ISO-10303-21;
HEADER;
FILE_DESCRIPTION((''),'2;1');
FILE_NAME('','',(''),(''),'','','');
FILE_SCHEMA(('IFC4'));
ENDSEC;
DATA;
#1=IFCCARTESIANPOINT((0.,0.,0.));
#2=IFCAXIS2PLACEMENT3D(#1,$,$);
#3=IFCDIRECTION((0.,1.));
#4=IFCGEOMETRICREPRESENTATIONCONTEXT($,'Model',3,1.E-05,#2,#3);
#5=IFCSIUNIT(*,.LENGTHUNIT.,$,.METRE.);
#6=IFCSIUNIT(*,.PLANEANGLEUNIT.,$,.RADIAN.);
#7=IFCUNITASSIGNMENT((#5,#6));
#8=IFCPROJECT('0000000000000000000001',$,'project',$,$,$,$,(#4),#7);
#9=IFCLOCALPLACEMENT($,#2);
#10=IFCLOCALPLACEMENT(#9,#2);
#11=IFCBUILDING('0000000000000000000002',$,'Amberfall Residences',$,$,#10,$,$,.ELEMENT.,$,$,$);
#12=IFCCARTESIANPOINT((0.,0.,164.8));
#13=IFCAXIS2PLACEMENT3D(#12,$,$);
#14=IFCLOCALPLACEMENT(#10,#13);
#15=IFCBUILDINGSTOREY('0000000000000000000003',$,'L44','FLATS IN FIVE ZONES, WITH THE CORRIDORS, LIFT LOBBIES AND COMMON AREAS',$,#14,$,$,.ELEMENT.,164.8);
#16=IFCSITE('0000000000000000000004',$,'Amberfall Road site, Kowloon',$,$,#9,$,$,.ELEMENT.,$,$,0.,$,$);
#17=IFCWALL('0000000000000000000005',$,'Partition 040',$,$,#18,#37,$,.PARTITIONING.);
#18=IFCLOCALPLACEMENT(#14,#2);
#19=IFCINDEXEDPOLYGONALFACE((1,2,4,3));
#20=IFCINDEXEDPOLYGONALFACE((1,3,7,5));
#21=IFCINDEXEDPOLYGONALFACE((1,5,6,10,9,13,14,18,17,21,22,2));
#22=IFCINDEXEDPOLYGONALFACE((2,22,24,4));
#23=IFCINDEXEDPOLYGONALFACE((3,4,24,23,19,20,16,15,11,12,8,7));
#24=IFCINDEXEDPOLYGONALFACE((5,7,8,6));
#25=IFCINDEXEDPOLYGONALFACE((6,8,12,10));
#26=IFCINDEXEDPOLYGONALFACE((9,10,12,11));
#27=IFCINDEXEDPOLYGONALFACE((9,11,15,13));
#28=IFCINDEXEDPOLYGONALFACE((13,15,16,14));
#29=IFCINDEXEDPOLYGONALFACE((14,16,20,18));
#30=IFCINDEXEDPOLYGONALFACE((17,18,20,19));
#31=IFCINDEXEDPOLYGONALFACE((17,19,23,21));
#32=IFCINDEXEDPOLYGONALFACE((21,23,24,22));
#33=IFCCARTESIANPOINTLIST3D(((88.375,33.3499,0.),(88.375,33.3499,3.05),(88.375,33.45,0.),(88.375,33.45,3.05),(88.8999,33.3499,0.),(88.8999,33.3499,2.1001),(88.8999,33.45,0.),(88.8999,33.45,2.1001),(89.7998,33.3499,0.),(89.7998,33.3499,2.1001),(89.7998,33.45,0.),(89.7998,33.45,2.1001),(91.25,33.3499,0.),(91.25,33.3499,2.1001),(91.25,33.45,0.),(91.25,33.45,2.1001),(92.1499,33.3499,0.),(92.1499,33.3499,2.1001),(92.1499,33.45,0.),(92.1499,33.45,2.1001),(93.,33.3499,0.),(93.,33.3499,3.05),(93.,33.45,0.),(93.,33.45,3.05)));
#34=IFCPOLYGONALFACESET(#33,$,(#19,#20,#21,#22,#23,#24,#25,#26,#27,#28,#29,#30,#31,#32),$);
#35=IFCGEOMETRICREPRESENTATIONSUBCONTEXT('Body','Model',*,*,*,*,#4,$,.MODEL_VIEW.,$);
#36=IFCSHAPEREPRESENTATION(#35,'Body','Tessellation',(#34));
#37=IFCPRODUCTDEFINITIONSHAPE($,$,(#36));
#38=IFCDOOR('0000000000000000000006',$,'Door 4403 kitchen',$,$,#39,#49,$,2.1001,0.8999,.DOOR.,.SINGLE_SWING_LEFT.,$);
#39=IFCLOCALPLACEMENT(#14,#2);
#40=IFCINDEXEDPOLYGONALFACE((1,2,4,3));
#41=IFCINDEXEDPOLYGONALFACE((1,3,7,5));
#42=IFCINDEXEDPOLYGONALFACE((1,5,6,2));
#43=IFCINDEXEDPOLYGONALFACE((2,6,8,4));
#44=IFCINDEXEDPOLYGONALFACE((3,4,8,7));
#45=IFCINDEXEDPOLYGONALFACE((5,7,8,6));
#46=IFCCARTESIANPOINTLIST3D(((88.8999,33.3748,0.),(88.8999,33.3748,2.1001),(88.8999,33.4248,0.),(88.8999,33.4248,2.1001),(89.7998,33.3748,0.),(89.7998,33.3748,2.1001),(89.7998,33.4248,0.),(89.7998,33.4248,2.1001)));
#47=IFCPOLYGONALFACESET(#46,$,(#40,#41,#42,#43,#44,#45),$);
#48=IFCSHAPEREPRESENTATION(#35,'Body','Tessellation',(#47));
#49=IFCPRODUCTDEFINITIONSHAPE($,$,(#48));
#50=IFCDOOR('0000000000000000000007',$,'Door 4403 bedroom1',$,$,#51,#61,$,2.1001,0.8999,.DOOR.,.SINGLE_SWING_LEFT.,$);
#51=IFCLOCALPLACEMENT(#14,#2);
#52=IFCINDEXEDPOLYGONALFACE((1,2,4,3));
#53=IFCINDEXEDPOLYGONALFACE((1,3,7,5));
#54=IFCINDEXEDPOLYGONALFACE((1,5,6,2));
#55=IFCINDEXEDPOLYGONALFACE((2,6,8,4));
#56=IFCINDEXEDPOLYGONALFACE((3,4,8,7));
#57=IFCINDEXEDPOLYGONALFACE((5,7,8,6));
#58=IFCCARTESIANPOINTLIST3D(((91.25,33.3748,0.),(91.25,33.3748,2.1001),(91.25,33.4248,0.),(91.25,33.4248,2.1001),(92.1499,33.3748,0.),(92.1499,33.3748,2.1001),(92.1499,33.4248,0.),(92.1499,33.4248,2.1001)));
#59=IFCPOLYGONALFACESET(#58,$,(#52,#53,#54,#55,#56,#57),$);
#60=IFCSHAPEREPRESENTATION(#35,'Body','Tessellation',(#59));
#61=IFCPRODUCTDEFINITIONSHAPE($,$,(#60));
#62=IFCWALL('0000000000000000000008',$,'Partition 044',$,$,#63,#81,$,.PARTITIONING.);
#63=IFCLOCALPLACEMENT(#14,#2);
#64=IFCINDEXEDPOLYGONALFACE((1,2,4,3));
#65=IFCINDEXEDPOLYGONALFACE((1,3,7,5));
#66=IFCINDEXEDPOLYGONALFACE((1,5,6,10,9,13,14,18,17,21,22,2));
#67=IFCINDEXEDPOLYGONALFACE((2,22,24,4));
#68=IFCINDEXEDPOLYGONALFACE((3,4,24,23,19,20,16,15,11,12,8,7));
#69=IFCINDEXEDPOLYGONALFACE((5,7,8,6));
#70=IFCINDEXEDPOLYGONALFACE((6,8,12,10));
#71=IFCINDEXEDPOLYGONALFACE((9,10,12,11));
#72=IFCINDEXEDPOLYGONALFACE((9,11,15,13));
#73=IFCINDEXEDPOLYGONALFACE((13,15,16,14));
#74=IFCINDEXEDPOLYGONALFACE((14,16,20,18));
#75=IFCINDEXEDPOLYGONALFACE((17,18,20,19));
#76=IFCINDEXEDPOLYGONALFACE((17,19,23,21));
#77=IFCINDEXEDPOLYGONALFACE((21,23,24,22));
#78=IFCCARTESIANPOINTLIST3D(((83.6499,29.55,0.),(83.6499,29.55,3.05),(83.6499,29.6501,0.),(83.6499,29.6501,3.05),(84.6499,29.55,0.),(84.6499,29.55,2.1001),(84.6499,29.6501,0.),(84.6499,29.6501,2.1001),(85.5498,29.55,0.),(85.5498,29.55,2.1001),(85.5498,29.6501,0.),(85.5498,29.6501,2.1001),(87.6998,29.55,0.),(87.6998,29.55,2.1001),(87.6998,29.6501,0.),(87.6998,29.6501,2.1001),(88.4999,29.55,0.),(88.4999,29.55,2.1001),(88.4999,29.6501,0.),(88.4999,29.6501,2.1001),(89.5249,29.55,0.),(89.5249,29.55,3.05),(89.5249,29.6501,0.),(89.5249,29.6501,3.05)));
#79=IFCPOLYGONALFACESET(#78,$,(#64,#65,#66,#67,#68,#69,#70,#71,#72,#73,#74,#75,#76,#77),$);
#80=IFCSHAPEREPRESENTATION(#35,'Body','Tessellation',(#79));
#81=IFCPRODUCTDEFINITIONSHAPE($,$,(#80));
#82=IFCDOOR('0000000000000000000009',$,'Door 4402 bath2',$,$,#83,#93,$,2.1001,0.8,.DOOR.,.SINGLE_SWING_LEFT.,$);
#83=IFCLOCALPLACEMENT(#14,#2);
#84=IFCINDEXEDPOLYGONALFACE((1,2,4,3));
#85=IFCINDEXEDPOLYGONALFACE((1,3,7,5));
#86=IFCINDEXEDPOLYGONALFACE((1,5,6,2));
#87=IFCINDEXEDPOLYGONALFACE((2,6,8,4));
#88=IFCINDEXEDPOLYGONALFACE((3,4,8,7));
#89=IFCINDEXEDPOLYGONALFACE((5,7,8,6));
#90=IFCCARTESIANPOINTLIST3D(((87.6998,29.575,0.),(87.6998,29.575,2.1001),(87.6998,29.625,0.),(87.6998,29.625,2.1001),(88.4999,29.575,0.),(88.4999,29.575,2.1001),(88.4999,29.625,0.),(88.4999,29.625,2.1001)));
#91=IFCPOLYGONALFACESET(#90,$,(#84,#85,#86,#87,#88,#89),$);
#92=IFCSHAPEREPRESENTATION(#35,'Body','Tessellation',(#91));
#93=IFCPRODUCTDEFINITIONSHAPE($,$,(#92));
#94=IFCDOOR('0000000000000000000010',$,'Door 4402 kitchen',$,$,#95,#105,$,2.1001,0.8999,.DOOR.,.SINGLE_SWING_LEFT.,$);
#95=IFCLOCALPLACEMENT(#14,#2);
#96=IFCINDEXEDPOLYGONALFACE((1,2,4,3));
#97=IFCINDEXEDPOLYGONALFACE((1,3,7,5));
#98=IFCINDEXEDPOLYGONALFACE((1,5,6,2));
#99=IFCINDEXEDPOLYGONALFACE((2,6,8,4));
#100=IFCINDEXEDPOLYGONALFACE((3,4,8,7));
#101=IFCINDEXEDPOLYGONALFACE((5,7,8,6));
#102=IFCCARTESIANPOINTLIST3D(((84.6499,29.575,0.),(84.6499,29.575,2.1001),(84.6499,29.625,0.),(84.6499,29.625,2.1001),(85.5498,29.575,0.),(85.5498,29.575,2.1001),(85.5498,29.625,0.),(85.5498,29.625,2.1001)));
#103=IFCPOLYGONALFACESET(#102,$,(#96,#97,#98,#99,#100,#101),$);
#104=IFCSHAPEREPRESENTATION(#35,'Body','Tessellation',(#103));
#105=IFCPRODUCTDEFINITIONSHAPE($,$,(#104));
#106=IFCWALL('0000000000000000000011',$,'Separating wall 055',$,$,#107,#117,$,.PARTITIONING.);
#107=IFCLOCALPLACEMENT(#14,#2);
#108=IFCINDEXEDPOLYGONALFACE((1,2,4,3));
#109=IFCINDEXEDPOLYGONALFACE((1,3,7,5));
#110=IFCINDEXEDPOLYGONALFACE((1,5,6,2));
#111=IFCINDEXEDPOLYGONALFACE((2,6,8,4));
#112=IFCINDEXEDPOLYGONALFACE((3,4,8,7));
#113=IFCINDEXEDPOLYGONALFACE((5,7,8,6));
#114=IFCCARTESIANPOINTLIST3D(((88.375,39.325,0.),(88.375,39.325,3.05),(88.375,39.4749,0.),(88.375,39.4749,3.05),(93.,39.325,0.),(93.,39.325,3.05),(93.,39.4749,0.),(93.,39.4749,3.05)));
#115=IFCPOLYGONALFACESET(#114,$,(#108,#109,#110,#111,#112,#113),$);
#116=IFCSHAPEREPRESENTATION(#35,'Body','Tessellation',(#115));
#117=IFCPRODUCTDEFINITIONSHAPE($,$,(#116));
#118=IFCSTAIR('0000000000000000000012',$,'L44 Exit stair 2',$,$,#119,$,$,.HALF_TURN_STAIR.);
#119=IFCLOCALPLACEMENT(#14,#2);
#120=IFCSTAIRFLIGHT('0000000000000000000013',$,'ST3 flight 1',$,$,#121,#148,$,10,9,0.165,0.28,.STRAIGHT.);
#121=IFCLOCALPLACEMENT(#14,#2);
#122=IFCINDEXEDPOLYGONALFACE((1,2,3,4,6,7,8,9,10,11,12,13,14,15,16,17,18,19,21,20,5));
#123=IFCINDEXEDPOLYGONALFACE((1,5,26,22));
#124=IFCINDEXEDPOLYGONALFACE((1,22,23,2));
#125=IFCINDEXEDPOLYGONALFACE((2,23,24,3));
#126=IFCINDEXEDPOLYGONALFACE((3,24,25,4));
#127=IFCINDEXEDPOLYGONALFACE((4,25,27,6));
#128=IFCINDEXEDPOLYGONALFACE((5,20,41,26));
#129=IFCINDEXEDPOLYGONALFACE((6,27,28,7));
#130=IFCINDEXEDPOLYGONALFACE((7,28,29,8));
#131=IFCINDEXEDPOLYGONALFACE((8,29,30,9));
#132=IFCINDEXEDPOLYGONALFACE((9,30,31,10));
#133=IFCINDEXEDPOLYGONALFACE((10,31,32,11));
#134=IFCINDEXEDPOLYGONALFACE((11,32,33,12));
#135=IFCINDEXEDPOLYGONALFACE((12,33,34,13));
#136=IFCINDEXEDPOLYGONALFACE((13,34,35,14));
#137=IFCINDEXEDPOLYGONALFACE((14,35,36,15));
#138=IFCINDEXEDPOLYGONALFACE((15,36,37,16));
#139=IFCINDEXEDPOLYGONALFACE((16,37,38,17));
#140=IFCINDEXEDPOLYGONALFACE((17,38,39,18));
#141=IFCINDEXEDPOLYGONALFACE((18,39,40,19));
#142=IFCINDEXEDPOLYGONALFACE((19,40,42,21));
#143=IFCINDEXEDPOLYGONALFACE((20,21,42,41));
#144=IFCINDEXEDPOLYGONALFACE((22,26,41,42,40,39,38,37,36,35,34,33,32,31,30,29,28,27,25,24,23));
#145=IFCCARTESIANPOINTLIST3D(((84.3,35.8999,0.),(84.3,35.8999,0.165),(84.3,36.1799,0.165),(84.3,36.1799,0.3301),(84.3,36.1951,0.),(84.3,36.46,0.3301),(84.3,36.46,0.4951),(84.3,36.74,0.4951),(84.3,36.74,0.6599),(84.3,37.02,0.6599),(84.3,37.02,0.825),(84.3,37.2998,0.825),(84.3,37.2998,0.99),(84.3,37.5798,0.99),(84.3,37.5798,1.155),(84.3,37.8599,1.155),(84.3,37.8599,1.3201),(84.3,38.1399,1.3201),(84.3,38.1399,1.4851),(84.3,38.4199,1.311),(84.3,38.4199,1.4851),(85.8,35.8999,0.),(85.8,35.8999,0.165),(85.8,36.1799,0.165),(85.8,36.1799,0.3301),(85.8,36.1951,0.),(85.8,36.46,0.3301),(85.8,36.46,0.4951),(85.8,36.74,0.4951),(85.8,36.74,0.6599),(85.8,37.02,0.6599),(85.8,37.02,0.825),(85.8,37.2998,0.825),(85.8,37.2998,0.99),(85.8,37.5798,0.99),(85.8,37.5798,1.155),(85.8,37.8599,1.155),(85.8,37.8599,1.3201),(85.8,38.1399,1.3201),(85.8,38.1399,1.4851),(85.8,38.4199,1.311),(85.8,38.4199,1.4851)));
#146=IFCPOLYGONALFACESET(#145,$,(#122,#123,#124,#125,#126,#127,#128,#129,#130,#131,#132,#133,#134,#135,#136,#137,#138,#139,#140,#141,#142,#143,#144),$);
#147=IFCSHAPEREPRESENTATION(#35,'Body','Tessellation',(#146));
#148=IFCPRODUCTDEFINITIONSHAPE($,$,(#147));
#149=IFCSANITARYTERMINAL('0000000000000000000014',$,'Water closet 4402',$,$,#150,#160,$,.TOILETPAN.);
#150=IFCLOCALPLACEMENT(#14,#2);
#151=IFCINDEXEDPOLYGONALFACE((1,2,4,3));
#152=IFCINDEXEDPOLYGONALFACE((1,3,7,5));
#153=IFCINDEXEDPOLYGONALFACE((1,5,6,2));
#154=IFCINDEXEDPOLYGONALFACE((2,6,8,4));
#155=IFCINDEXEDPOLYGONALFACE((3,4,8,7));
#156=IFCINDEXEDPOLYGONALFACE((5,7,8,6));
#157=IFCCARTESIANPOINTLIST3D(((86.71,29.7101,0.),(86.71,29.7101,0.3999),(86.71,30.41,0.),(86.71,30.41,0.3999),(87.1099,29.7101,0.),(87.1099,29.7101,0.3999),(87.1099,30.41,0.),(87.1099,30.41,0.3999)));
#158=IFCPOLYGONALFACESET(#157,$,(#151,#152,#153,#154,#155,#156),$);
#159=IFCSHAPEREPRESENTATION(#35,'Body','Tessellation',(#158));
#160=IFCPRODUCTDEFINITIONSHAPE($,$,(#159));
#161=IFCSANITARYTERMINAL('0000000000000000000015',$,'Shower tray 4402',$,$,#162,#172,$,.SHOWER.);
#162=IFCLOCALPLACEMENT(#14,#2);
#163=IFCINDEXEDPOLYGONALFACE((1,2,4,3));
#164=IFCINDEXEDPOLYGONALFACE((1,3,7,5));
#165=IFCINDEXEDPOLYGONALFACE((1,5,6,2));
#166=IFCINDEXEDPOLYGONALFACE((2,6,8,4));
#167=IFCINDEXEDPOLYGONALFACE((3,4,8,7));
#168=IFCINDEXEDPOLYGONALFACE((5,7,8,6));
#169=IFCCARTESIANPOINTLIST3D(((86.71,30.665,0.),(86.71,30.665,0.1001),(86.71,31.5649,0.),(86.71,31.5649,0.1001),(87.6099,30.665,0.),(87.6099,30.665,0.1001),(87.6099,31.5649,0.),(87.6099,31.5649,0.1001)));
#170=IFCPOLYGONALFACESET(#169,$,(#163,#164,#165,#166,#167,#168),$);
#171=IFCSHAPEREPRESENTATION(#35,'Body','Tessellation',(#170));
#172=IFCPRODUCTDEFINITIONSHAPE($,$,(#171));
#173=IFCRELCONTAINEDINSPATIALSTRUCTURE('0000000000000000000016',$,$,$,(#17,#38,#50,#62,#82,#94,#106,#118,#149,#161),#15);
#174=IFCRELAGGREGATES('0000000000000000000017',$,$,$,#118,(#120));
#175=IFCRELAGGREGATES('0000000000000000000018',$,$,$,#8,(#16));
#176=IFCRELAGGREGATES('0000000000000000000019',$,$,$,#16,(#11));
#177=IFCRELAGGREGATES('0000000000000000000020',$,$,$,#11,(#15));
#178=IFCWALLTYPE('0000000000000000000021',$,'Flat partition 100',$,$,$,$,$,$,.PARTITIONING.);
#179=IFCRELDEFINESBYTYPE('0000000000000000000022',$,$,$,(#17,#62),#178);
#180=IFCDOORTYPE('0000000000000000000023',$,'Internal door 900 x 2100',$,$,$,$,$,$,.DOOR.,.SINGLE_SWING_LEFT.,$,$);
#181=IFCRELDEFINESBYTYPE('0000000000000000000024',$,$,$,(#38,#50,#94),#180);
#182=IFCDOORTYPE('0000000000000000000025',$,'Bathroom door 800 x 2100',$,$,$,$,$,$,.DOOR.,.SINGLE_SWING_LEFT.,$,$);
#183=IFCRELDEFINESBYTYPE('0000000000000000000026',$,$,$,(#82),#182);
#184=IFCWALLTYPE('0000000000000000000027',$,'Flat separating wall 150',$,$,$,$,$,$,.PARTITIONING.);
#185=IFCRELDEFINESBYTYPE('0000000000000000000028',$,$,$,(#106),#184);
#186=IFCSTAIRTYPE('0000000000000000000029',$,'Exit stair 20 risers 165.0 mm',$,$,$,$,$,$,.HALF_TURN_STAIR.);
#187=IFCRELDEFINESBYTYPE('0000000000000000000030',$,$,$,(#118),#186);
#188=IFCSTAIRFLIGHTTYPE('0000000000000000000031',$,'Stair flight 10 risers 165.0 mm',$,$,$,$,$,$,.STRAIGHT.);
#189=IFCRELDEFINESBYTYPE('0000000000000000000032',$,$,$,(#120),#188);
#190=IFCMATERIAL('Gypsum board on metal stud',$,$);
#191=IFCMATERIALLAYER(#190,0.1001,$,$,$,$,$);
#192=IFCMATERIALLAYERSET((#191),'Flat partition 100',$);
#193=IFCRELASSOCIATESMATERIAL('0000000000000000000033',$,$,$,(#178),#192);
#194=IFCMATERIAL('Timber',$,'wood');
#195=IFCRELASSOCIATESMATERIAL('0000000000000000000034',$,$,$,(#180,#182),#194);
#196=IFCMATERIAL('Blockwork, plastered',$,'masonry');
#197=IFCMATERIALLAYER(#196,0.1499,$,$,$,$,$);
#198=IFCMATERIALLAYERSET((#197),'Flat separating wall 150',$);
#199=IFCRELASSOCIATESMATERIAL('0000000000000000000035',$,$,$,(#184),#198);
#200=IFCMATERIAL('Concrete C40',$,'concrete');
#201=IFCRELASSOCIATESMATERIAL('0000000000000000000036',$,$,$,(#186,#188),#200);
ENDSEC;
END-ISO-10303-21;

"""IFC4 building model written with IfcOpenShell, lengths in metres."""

from ifc_helpers import new_model, si_unit, direction, frame, frame_2d, origin, origin_2d, place, context, subcontext, project, spatial, polyline, rectangle, outline, extrude, material, layer, layer_set, type_object, element, fill, aggregate, save


model = new_model("IFC4")

# Units and contexts
model_context = context("Model", 3, precision=1e-05, world=origin(), true_north=direction((0.0, 1.0)))
body_context = subcontext(model_context, "Body", "Model", "MODEL_VIEW")
ifc_project = project(units=[si_unit("LENGTHUNIT", "METRE"), si_unit("PLANEANGLEUNIT", "RADIAN")], contexts=[model_context])

# Site, building, storey
site_placement = place(None, origin())
site = spatial("IfcSite", under=ifc_project, at=site_placement, Name="Amberfall Road site, Kowloon", CompositionType="ELEMENT", RefElevation=0.0)
building_placement = place(site_placement, origin())
building = spatial("IfcBuilding", under=site, at=building_placement, Name="Amberfall Residences", CompositionType="ELEMENT")
storey_placement = place(building_placement, frame((0.0, 0.0, 164.8)))
storey = spatial("IfcBuildingStorey", under=building, at=storey_placement, Name="L44", Description="FLATS IN FIVE ZONES, WITH THE CORRIDORS, LIFT LOBBIES AND COMMON AREAS", CompositionType="ELEMENT", Elevation=164.8)

# Shared definitions
ifc_material_1 = material(Name="Gypsum board on metal stud")
ifc_layer_1 = layer(ifc_material_1, 0.1001)
ifc_layer_set_1 = layer_set([ifc_layer_1], Name="Flat partition 100")
wall_type_1 = type_object("IfcWallType", Name="Flat partition 100", PredefinedType="PARTITIONING", material=ifc_layer_set_1)

# Shared definitions
ifc_material_2 = material(Name="Timber", Category="wood")
door_type_1 = type_object("IfcDoorType", Name="Internal door 900 x 2100", OperationType="SINGLE_SWING_LEFT", PredefinedType="DOOR", material=ifc_material_2)

# Walls, openings, doors
wall_1_placement = place(storey_placement, frame((88.375, 33.3999, 0.0), z_axis=(0.0, 0.0, 1.0), x_axis=(1.0, 0.0, 0.0)))
wall_1 = element("IfcWall", 1, at=wall_1_placement, inside=storey, type_object=wall_type_1, Name="Partition 040", PredefinedType="PARTITIONING", context=body_context, shape_type="SweptSolid", body=[
    extrude(rectangle(XDim=4.625, YDim=0.1001, at=frame_2d((2.3125, 0.0))), origin(), (0.0, 0.0, 1.0), 3.05),
])
opening_1_placement = place(wall_1_placement, frame((0.5249, 0.0, 0.0)))
opening_1 = element("IfcOpeningElement", 2, at=opening_1_placement, cuts=wall_1, PredefinedType="OPENING", context=body_context, shape_type="SweptSolid", body=[
    extrude(rectangle(XDim=0.8999, YDim=2.1001, at=frame_2d((0.45, 1.05))), frame((0.0, 0.0601, 0.0), z_axis=(0.0, -1.0, 0.0), x_axis=(1.0, 0.0, 0.0)), (0.0, 0.0, 1.0), 0.1201),
])
opening_2_placement = place(wall_1_placement, frame((2.875, 0.0, 0.0)))
opening_2 = element("IfcOpeningElement", 3, at=opening_2_placement, cuts=wall_1, PredefinedType="OPENING", context=body_context, shape_type="SweptSolid", body=[
    extrude(rectangle(XDim=0.8999, YDim=2.1001, at=frame_2d((0.45, 1.05))), frame((0.0, 0.0601, 0.0), z_axis=(0.0, -1.0, 0.0), x_axis=(1.0, 0.0, 0.0)), (0.0, 0.0, 1.0), 0.1201),
])
door_1_placement = place(opening_1_placement, origin())
door_1 = element("IfcDoor", 4, at=door_1_placement, inside=storey, type_object=door_type_1, Name="Door 4403 kitchen", OperationType="SINGLE_SWING_LEFT", OverallHeight=2.1001, OverallWidth=0.8999, PredefinedType="DOOR", context=body_context, shape_type="SweptSolid", body=[
    extrude(rectangle(XDim=0.8999, YDim=2.1001, at=frame_2d((0.45, 1.05))), frame((0.0, 0.0249, 0.0), z_axis=(0.0, -1.0, 0.0), x_axis=(1.0, 0.0, 0.0)), (0.0, 0.0, 1.0), 0.05),
])
fill(opening_1, door_1)
door_2_placement = place(opening_2_placement, origin())
door_2 = element("IfcDoor", 5, at=door_2_placement, inside=storey, type_object=door_type_1, Name="Door 4403 bedroom1", OperationType="SINGLE_SWING_LEFT", OverallHeight=2.1001, OverallWidth=0.8999, PredefinedType="DOOR", context=body_context, shape_type="SweptSolid", body=[
    extrude(rectangle(XDim=0.8999, YDim=2.1001, at=frame_2d((0.45, 1.05))), frame((0.0, 0.0249, 0.0), z_axis=(0.0, -1.0, 0.0), x_axis=(1.0, 0.0, 0.0)), (0.0, 0.0, 1.0), 0.05),
])
fill(opening_2, door_2)
wall_2_placement = place(storey_placement, frame((83.6499, 29.6001, 0.0), z_axis=(0.0, 0.0, 1.0), x_axis=(1.0, 0.0, 0.0)))
wall_2 = element("IfcWall", 6, at=wall_2_placement, inside=storey, type_object=wall_type_1, Name="Partition 044", PredefinedType="PARTITIONING", context=body_context, shape_type="SweptSolid", body=[
    extrude(rectangle(XDim=5.875, YDim=0.1001, at=frame_2d((2.9375, 0.0))), origin(), (0.0, 0.0, 1.0), 3.05),
])
opening_3_placement = place(wall_2_placement, frame((1.0, 0.0, 0.0)))
opening_3 = element("IfcOpeningElement", 7, at=opening_3_placement, cuts=wall_2, PredefinedType="OPENING", context=body_context, shape_type="SweptSolid", body=[
    extrude(rectangle(XDim=0.8999, YDim=2.1001, at=frame_2d((0.45, 1.05))), frame((0.0, 0.0601, 0.0), z_axis=(0.0, -1.0, 0.0), x_axis=(1.0, 0.0, 0.0)), (0.0, 0.0, 1.0), 0.1201),
])
opening_4_placement = place(wall_2_placement, frame((4.05, 0.0, 0.0)))
opening_4 = element("IfcOpeningElement", 8, at=opening_4_placement, cuts=wall_2, PredefinedType="OPENING", context=body_context, shape_type="SweptSolid", body=[
    extrude(rectangle(XDim=0.8, YDim=2.1001, at=frame_2d((0.3999, 1.05))), frame((0.0, 0.0601, 0.0), z_axis=(0.0, -1.0, 0.0), x_axis=(1.0, 0.0, 0.0)), (0.0, 0.0, 1.0), 0.1201),
])
door_type_2 = type_object("IfcDoorType", Name="Bathroom door 800 x 2100", OperationType="SINGLE_SWING_LEFT", PredefinedType="DOOR", material=ifc_material_2)
door_3_placement = place(opening_4_placement, origin())
door_3 = element("IfcDoor", 9, at=door_3_placement, inside=storey, type_object=door_type_2, Name="Door 4402 bath2", OperationType="SINGLE_SWING_LEFT", OverallHeight=2.1001, OverallWidth=0.8, PredefinedType="DOOR", context=body_context, shape_type="SweptSolid", body=[
    extrude(rectangle(XDim=0.8, YDim=2.1001, at=frame_2d((0.3999, 1.05))), frame((0.0, 0.0249, 0.0), z_axis=(0.0, -1.0, 0.0), x_axis=(1.0, 0.0, 0.0)), (0.0, 0.0, 1.0), 0.05),
])
fill(opening_4, door_3)
door_4_placement = place(opening_3_placement, origin())
door_4 = element("IfcDoor", 10, at=door_4_placement, inside=storey, type_object=door_type_1, Name="Door 4402 kitchen", OperationType="SINGLE_SWING_LEFT", OverallHeight=2.1001, OverallWidth=0.8999, PredefinedType="DOOR", context=body_context, shape_type="SweptSolid", body=[
    extrude(rectangle(XDim=0.8999, YDim=2.1001, at=frame_2d((0.45, 1.05))), frame((0.0, 0.0249, 0.0), z_axis=(0.0, -1.0, 0.0), x_axis=(1.0, 0.0, 0.0)), (0.0, 0.0, 1.0), 0.05),
])
fill(opening_3, door_4)

# Wall
ifc_material_3 = material(Name="Blockwork, plastered", Category="masonry")
ifc_layer_2 = layer(ifc_material_3, 0.1499)
ifc_layer_set_2 = layer_set([ifc_layer_2], Name="Flat separating wall 150")
wall_type_2 = type_object("IfcWallType", Name="Flat separating wall 150", PredefinedType="PARTITIONING", material=ifc_layer_set_2)
wall_3_placement = place(storey_placement, frame((88.375, 39.3999, 0.0), z_axis=(0.0, 0.0, 1.0), x_axis=(1.0, 0.0, 0.0)))
element("IfcWall", 11, at=wall_3_placement, inside=storey, type_object=wall_type_2, Name="Separating wall 055", PredefinedType="PARTITIONING", context=body_context, shape_type="SweptSolid", body=[
    extrude(rectangle(XDim=4.625, YDim=0.1499, at=frame_2d((2.3125, 0.0))), origin(), (0.0, 0.0, 1.0), 3.05),
])

# Stair, stair flight
ifc_material_4 = material(Name="Concrete C40", Category="concrete")
stair_type = type_object("IfcStairType", Name="Exit stair 20 risers 165.0 mm", PredefinedType="HALF_TURN_STAIR", material=ifc_material_4)
stair_placement = place(storey_placement, origin())
stair = element("IfcStair", 12, at=stair_placement, inside=storey, type_object=stair_type, Name="L44 Exit stair 2", PredefinedType="HALF_TURN_STAIR")
stair_flight_type = type_object("IfcStairFlightType", Name="Stair flight 10 risers 165.0 mm", PredefinedType="STRAIGHT", material=ifc_material_4)
stair_flight_placement = place(storey_placement, frame((85.05, 35.8999, 0.0), z_axis=(0.0, 0.0, 1.0), x_axis=(0.0, 1.0, 0.0)))
stair_flight = element("IfcStairFlight", 13, at=stair_flight_placement, type_object=stair_flight_type, Name="ST3 flight 1", NumberOfRisers=10, NumberOfTreads=9, PredefinedType="STRAIGHT", RiserHeight=0.165, TreadLength=0.28, context=body_context, shape_type="SweptSolid", body=[
    extrude(outline(polyline([(0.0, 0.0), (0.0, 0.165), (0.28, 0.165), (0.28, 0.3301), (0.5601, 0.3301), (0.5601, 0.4951), (0.8401, 0.4951), (0.8401, 0.6599), (1.1201, 0.6599), (1.1201, 0.825), (1.3999, 0.825), (1.3999, 0.99), (1.6799, 0.99), (1.6799, 1.155), (1.96, 1.155), (1.96, 1.3201), (2.24, 1.3201), (2.24, 1.4851), (2.52, 1.4851), (2.52, 1.6499), (2.52, 1.311), (0.2952, 0.0), (0.0, 0.0)])), frame((0.0, 0.75, 0.0), z_axis=(0.0, -1.0, 0.0), x_axis=(1.0, 0.0, 0.0)), (0.0, 0.0, 1.0), 1.5),
])
aggregate(stair, [stair_flight])

# Sanitary terminals
sanitary_terminal_1_placement = place(storey_placement, frame((86.9099, 30.0601, 0.0), z_axis=(0.0, 0.0, 1.0), x_axis=(1.0, 0.0, 0.0)))
element("IfcSanitaryTerminal", 14, at=sanitary_terminal_1_placement, inside=storey, Name="Water closet 4402", PredefinedType="TOILETPAN", context=body_context, shape_type="SweptSolid", body=[
    extrude(rectangle(XDim=0.3999, YDim=0.7, at=origin_2d()), origin(), (0.0, 0.0, 1.0), 0.3999),
])
sanitary_terminal_2_placement = place(storey_placement, frame((87.1599, 31.115, 0.0), z_axis=(0.0, 0.0, 1.0), x_axis=(1.0, 0.0, 0.0)))
element("IfcSanitaryTerminal", 15, at=sanitary_terminal_2_placement, inside=storey, Name="Shower tray 4402", PredefinedType="SHOWER", context=body_context, shape_type="SweptSolid", body=[
    extrude(rectangle(XDim=0.8999, YDim=0.8999, at=origin_2d()), origin(), (0.0, 0.0, 1.0), 0.1001),
])

save(model, "model.ifc")
